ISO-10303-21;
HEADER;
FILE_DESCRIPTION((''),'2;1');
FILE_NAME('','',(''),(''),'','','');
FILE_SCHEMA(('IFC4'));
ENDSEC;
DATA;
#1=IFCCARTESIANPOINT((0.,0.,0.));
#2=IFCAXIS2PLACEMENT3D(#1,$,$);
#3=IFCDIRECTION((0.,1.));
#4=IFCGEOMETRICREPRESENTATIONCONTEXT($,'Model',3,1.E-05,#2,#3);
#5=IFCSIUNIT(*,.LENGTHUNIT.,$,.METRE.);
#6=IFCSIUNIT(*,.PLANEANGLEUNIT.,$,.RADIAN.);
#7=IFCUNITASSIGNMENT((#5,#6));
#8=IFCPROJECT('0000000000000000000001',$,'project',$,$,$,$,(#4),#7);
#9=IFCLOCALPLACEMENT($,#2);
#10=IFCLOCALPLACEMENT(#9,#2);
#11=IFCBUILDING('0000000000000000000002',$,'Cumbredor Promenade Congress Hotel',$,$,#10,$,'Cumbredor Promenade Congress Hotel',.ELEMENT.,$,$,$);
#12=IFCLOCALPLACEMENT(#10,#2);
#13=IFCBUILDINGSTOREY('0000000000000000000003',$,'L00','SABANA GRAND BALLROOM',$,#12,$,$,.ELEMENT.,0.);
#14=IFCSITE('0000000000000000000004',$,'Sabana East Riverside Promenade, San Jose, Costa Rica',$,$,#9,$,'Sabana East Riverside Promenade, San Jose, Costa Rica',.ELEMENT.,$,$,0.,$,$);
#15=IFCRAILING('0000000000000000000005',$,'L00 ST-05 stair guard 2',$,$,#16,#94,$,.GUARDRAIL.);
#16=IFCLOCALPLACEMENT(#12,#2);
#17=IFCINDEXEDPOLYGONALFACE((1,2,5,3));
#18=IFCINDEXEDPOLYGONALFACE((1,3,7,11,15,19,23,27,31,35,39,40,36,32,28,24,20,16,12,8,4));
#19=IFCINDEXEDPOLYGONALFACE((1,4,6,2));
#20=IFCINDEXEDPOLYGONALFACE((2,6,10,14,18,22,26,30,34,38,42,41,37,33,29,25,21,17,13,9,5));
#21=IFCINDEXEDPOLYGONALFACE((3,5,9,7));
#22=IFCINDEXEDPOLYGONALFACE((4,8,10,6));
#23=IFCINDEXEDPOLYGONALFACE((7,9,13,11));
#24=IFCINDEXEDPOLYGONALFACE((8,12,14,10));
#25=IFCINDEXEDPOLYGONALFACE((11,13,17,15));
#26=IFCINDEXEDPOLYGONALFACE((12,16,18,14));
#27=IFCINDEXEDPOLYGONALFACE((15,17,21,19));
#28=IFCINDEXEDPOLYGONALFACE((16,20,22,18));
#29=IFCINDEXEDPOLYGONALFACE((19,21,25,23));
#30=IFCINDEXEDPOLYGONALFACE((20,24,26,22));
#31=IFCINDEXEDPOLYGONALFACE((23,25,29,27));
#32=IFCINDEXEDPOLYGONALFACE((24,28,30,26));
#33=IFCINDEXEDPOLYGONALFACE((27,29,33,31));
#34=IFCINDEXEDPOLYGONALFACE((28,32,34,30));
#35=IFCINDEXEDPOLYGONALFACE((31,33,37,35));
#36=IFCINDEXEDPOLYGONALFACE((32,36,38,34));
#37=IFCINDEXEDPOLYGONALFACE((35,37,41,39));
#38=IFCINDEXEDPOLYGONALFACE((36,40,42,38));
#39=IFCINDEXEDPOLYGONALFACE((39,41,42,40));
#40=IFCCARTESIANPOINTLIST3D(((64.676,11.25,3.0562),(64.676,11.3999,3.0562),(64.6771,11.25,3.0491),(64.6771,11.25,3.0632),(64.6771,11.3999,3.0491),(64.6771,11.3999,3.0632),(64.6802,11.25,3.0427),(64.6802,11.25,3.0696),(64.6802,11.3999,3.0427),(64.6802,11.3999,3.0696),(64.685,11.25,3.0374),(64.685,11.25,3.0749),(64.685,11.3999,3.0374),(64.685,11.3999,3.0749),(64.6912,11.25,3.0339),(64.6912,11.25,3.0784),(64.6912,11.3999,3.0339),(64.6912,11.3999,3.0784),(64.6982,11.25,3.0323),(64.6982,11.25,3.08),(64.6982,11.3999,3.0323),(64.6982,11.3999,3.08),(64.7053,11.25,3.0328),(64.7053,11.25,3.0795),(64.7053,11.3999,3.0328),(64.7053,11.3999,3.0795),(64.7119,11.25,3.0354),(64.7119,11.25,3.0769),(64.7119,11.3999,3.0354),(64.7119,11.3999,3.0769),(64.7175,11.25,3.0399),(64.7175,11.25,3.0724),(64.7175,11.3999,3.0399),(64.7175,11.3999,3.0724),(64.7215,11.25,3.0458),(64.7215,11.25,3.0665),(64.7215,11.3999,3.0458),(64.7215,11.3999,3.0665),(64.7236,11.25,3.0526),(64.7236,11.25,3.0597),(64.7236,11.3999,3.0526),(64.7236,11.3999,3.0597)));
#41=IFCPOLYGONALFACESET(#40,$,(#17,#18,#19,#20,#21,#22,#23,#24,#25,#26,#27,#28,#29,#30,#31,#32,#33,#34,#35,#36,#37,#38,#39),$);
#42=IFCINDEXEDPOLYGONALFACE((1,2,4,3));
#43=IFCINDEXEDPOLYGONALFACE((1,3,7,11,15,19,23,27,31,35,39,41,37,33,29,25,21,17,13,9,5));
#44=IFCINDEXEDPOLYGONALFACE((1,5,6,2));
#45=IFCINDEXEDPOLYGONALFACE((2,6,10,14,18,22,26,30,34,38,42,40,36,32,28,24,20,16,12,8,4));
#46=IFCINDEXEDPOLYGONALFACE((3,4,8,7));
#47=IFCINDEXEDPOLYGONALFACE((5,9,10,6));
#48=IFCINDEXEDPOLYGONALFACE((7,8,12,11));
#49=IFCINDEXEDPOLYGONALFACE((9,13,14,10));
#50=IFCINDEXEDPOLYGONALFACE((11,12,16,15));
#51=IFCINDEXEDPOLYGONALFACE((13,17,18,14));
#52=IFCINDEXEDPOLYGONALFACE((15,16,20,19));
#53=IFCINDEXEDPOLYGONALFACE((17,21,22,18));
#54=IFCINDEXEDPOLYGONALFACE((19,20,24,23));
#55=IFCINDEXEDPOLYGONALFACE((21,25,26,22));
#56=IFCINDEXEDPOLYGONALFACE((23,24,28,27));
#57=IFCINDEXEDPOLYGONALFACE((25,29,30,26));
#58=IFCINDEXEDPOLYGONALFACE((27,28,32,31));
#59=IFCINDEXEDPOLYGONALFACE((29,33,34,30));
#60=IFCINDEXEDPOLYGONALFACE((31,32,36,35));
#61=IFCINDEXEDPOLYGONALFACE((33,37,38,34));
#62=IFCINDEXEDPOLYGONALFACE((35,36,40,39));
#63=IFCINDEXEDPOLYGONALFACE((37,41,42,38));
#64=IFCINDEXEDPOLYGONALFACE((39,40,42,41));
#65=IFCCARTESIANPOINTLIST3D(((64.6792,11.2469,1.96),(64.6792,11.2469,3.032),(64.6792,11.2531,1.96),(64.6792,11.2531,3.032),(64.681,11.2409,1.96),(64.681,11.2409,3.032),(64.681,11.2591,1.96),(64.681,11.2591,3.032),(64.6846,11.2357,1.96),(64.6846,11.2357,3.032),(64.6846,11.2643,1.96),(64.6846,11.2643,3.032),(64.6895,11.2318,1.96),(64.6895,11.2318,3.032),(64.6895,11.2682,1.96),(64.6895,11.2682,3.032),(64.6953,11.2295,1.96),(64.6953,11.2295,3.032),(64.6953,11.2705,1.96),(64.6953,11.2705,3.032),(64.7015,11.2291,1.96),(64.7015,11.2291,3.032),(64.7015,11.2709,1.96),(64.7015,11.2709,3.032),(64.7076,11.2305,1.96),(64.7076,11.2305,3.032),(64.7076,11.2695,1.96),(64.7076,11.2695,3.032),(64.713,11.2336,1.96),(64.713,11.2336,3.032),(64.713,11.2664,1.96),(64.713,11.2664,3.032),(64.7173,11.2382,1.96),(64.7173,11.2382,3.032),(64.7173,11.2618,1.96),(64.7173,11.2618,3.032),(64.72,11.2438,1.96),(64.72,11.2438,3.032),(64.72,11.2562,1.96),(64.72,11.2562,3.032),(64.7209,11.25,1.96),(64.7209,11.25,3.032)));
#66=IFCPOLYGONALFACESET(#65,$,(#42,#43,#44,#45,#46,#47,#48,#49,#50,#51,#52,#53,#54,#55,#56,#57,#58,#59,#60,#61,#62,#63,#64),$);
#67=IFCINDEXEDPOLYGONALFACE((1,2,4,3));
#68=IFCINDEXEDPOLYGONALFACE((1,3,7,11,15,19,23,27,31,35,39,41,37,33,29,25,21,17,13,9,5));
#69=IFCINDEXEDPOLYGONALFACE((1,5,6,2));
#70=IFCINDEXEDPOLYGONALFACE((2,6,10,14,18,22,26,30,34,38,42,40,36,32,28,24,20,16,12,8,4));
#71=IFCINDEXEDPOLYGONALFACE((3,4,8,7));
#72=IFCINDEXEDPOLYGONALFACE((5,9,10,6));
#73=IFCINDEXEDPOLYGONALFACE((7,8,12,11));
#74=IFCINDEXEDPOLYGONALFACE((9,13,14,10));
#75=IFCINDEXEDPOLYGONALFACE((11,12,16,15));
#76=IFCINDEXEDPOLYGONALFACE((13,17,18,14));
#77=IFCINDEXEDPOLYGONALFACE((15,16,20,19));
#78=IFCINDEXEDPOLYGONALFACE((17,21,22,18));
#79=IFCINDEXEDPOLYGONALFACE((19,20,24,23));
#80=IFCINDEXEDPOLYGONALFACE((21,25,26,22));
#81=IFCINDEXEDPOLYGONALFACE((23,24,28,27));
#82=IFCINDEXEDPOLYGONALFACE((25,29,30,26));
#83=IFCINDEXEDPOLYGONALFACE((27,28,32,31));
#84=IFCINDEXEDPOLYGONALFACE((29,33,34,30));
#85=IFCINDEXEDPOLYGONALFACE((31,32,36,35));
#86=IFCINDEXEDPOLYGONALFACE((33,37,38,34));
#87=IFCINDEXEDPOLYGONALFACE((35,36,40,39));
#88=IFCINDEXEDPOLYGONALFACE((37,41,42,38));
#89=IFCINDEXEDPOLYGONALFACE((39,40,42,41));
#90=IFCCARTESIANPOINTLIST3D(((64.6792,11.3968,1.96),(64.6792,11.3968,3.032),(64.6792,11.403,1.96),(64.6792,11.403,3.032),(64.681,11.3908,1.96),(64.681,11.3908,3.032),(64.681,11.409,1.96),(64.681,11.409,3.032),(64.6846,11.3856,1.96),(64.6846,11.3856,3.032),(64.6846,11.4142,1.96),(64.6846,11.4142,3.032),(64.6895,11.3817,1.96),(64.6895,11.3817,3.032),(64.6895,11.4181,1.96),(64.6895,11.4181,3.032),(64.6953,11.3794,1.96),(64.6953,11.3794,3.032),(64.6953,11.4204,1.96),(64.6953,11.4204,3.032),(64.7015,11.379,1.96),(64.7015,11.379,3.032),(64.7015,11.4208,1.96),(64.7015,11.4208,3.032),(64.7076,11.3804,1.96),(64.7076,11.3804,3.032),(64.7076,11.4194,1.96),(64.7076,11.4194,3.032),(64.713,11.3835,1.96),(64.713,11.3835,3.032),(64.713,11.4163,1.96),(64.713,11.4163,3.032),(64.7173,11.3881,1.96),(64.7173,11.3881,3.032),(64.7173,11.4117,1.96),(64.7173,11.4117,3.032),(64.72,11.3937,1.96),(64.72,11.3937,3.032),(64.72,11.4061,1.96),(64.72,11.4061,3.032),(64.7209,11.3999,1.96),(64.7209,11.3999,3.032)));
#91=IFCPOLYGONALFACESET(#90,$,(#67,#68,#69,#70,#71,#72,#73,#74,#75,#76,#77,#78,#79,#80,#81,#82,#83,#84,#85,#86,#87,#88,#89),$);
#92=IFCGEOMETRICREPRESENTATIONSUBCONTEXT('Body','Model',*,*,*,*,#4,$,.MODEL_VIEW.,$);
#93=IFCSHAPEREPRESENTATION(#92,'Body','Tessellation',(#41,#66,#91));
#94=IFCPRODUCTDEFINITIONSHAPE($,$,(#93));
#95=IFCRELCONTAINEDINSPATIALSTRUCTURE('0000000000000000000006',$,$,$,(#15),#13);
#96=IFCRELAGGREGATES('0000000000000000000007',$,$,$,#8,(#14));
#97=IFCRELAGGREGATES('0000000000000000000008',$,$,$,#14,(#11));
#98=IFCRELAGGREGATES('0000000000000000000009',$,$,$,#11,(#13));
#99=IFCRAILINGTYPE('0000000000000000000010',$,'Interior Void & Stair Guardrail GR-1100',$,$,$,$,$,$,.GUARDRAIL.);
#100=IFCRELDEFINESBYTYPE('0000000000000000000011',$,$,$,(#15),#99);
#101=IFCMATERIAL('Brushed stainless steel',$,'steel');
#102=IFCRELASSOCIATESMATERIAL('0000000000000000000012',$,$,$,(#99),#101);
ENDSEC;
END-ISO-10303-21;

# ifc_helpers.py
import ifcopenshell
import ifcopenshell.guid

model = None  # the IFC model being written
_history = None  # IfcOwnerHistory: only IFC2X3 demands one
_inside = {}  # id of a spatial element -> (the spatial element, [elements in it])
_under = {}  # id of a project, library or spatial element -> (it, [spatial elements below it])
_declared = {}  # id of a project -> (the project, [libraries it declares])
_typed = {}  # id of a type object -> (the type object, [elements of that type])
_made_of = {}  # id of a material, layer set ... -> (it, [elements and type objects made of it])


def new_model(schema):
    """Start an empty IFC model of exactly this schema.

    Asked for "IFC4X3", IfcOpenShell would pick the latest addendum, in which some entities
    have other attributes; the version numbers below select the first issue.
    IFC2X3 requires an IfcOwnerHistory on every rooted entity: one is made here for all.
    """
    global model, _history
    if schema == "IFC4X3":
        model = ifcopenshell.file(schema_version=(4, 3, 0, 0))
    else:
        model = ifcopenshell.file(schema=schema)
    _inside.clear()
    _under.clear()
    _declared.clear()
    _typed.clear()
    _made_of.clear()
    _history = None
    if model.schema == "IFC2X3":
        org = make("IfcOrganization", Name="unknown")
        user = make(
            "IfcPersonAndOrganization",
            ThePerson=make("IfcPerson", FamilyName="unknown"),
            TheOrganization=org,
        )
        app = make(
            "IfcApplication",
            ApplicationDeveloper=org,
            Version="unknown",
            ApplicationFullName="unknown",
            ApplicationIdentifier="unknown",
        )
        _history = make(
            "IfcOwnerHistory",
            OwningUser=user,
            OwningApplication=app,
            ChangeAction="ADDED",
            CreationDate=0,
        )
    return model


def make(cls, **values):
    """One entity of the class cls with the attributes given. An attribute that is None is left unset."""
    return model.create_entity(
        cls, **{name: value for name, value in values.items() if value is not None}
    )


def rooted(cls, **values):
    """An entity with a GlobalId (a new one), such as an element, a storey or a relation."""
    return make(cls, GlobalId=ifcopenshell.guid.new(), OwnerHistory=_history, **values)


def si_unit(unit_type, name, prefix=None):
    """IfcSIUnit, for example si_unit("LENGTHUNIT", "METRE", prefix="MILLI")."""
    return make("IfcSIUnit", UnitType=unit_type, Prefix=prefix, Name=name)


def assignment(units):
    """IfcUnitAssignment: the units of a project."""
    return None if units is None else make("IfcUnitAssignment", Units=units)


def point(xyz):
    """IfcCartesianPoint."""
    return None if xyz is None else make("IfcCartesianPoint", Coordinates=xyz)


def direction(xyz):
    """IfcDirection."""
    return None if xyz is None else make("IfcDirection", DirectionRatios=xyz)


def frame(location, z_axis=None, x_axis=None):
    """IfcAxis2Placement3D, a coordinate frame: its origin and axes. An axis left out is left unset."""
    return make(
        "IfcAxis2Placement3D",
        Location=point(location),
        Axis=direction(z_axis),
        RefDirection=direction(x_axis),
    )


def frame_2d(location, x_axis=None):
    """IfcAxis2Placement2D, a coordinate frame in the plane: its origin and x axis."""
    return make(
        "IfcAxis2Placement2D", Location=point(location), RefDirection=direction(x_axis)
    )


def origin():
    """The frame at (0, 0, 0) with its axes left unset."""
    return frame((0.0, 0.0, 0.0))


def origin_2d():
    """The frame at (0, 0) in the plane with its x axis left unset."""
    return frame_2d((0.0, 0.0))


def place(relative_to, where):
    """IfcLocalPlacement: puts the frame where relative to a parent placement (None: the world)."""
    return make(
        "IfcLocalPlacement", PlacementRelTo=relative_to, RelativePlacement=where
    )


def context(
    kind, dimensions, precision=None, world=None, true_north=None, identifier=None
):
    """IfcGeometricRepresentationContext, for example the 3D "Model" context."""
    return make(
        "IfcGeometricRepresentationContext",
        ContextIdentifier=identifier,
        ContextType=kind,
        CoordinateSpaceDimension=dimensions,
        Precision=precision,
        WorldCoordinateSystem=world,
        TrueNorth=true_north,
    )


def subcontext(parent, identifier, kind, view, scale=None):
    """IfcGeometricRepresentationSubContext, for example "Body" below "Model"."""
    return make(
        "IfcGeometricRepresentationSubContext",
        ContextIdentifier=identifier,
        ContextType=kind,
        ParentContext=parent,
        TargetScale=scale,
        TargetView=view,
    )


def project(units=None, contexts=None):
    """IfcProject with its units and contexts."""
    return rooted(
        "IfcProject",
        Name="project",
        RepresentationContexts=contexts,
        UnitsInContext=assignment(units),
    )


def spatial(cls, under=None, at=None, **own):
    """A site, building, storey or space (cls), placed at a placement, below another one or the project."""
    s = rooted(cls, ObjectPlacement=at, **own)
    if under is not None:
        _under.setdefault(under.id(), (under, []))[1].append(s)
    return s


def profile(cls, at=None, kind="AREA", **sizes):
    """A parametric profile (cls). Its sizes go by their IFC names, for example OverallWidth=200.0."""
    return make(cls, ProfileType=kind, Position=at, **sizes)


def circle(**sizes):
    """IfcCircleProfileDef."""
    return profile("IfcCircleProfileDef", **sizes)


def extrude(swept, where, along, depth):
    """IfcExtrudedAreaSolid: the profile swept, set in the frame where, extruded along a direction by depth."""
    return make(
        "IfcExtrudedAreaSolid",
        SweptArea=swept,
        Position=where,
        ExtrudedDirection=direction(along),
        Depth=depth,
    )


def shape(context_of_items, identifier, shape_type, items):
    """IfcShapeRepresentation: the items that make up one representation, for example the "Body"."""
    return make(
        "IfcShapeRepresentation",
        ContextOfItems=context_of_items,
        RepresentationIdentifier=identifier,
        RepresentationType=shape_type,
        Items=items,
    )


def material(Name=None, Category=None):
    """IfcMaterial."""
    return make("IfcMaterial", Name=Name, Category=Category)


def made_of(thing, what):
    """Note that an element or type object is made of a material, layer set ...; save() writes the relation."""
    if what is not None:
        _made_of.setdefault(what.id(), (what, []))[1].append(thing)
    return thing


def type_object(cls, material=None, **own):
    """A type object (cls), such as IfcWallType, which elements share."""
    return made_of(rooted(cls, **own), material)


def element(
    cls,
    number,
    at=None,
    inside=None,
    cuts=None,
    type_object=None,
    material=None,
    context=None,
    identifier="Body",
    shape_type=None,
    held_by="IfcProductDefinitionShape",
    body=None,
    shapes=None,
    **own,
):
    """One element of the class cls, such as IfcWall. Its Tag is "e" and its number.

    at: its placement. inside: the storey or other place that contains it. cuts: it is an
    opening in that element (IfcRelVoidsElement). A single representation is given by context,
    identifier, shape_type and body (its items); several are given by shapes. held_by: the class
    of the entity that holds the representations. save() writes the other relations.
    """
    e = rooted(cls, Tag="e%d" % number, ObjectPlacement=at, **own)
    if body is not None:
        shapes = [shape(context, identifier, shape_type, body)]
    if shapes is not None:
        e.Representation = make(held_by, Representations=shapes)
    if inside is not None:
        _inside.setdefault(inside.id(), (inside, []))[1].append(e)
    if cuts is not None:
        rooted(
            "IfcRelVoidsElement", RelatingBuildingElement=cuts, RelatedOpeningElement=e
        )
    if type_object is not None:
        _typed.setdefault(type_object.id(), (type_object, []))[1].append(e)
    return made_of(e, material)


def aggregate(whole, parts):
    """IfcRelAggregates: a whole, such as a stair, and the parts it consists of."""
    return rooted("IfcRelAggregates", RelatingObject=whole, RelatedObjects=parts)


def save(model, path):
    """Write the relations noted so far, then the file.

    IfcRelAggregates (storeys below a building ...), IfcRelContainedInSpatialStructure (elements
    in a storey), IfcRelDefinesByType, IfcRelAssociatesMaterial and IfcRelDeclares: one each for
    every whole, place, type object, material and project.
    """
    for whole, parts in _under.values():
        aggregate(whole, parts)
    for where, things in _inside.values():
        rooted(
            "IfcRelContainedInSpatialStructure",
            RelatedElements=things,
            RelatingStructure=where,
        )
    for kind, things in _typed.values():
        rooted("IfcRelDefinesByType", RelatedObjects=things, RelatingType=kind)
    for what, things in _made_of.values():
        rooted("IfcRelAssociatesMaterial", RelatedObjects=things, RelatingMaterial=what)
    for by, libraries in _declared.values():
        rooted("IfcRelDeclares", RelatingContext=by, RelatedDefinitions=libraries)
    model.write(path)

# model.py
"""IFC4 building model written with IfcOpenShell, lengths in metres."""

from ifc_helpers import new_model, si_unit, direction, frame, origin, origin_2d, place, context, subcontext, project, spatial, circle, extrude, material, type_object, element, save


model = new_model("IFC4")

# Units and contexts
model_context = context("Model", 3, precision=1e-05, world=origin(), true_north=direction((0.0, 1.0)))
body_context = subcontext(model_context, "Body", "Model", "MODEL_VIEW")
ifc_project = project(units=[si_unit("LENGTHUNIT", "METRE"), si_unit("PLANEANGLEUNIT", "RADIAN")], contexts=[model_context])

# Site, building, storey
site_placement = place(None, origin())
site = spatial("IfcSite", under=ifc_project, at=site_placement, Name="Sabana East Riverside Promenade, San Jose, Costa Rica", LongName="Sabana East Riverside Promenade, San Jose, Costa Rica", CompositionType="ELEMENT", RefElevation=0.0)
building_placement = place(site_placement, origin())
building = spatial("IfcBuilding", under=site, at=building_placement, Name="Cumbredor Promenade Congress Hotel", LongName="Cumbredor Promenade Congress Hotel", CompositionType="ELEMENT")
storey_placement = place(building_placement, origin())
storey = spatial("IfcBuildingStorey", under=building, at=storey_placement, Name="L00", Description="SABANA GRAND BALLROOM", CompositionType="ELEMENT", Elevation=0.0)

# Railing
ifc_material_1 = material(Name="Brushed stainless steel", Category="steel")
railing_type_1 = type_object("IfcRailingType", Name="Interior Void & Stair Guardrail GR-1100", PredefinedType="GUARDRAIL", material=ifc_material_1)
railing_1_placement = place(storey_placement, frame((64.7, 11.25, 1.96)))
element("IfcRailing", 1, at=railing_1_placement, inside=storey, type_object=railing_type_1, Name="L00 ST-05 stair guard 2", PredefinedType="GUARDRAIL", context=body_context, shape_type="SweptSolid", body=[
    extrude(circle(Radius=0.0239, at=origin_2d()), frame((0.0, 0.0, 1.0962), z_axis=(0.0, 1.0, 0.0), x_axis=(-1.0, 0.0, 0.0)), (0.0, 0.0, 1.0), 0.1499),
    extrude(circle(Radius=0.021, at=origin_2d()), origin(), (0.0, 0.0, 1.0), 1.072),
    extrude(circle(Radius=0.021, at=origin_2d()), frame((0.0, 0.1499, 0.0)), (0.0, 0.0, 1.0), 1.072),
])

save(model, "model.ifc")
